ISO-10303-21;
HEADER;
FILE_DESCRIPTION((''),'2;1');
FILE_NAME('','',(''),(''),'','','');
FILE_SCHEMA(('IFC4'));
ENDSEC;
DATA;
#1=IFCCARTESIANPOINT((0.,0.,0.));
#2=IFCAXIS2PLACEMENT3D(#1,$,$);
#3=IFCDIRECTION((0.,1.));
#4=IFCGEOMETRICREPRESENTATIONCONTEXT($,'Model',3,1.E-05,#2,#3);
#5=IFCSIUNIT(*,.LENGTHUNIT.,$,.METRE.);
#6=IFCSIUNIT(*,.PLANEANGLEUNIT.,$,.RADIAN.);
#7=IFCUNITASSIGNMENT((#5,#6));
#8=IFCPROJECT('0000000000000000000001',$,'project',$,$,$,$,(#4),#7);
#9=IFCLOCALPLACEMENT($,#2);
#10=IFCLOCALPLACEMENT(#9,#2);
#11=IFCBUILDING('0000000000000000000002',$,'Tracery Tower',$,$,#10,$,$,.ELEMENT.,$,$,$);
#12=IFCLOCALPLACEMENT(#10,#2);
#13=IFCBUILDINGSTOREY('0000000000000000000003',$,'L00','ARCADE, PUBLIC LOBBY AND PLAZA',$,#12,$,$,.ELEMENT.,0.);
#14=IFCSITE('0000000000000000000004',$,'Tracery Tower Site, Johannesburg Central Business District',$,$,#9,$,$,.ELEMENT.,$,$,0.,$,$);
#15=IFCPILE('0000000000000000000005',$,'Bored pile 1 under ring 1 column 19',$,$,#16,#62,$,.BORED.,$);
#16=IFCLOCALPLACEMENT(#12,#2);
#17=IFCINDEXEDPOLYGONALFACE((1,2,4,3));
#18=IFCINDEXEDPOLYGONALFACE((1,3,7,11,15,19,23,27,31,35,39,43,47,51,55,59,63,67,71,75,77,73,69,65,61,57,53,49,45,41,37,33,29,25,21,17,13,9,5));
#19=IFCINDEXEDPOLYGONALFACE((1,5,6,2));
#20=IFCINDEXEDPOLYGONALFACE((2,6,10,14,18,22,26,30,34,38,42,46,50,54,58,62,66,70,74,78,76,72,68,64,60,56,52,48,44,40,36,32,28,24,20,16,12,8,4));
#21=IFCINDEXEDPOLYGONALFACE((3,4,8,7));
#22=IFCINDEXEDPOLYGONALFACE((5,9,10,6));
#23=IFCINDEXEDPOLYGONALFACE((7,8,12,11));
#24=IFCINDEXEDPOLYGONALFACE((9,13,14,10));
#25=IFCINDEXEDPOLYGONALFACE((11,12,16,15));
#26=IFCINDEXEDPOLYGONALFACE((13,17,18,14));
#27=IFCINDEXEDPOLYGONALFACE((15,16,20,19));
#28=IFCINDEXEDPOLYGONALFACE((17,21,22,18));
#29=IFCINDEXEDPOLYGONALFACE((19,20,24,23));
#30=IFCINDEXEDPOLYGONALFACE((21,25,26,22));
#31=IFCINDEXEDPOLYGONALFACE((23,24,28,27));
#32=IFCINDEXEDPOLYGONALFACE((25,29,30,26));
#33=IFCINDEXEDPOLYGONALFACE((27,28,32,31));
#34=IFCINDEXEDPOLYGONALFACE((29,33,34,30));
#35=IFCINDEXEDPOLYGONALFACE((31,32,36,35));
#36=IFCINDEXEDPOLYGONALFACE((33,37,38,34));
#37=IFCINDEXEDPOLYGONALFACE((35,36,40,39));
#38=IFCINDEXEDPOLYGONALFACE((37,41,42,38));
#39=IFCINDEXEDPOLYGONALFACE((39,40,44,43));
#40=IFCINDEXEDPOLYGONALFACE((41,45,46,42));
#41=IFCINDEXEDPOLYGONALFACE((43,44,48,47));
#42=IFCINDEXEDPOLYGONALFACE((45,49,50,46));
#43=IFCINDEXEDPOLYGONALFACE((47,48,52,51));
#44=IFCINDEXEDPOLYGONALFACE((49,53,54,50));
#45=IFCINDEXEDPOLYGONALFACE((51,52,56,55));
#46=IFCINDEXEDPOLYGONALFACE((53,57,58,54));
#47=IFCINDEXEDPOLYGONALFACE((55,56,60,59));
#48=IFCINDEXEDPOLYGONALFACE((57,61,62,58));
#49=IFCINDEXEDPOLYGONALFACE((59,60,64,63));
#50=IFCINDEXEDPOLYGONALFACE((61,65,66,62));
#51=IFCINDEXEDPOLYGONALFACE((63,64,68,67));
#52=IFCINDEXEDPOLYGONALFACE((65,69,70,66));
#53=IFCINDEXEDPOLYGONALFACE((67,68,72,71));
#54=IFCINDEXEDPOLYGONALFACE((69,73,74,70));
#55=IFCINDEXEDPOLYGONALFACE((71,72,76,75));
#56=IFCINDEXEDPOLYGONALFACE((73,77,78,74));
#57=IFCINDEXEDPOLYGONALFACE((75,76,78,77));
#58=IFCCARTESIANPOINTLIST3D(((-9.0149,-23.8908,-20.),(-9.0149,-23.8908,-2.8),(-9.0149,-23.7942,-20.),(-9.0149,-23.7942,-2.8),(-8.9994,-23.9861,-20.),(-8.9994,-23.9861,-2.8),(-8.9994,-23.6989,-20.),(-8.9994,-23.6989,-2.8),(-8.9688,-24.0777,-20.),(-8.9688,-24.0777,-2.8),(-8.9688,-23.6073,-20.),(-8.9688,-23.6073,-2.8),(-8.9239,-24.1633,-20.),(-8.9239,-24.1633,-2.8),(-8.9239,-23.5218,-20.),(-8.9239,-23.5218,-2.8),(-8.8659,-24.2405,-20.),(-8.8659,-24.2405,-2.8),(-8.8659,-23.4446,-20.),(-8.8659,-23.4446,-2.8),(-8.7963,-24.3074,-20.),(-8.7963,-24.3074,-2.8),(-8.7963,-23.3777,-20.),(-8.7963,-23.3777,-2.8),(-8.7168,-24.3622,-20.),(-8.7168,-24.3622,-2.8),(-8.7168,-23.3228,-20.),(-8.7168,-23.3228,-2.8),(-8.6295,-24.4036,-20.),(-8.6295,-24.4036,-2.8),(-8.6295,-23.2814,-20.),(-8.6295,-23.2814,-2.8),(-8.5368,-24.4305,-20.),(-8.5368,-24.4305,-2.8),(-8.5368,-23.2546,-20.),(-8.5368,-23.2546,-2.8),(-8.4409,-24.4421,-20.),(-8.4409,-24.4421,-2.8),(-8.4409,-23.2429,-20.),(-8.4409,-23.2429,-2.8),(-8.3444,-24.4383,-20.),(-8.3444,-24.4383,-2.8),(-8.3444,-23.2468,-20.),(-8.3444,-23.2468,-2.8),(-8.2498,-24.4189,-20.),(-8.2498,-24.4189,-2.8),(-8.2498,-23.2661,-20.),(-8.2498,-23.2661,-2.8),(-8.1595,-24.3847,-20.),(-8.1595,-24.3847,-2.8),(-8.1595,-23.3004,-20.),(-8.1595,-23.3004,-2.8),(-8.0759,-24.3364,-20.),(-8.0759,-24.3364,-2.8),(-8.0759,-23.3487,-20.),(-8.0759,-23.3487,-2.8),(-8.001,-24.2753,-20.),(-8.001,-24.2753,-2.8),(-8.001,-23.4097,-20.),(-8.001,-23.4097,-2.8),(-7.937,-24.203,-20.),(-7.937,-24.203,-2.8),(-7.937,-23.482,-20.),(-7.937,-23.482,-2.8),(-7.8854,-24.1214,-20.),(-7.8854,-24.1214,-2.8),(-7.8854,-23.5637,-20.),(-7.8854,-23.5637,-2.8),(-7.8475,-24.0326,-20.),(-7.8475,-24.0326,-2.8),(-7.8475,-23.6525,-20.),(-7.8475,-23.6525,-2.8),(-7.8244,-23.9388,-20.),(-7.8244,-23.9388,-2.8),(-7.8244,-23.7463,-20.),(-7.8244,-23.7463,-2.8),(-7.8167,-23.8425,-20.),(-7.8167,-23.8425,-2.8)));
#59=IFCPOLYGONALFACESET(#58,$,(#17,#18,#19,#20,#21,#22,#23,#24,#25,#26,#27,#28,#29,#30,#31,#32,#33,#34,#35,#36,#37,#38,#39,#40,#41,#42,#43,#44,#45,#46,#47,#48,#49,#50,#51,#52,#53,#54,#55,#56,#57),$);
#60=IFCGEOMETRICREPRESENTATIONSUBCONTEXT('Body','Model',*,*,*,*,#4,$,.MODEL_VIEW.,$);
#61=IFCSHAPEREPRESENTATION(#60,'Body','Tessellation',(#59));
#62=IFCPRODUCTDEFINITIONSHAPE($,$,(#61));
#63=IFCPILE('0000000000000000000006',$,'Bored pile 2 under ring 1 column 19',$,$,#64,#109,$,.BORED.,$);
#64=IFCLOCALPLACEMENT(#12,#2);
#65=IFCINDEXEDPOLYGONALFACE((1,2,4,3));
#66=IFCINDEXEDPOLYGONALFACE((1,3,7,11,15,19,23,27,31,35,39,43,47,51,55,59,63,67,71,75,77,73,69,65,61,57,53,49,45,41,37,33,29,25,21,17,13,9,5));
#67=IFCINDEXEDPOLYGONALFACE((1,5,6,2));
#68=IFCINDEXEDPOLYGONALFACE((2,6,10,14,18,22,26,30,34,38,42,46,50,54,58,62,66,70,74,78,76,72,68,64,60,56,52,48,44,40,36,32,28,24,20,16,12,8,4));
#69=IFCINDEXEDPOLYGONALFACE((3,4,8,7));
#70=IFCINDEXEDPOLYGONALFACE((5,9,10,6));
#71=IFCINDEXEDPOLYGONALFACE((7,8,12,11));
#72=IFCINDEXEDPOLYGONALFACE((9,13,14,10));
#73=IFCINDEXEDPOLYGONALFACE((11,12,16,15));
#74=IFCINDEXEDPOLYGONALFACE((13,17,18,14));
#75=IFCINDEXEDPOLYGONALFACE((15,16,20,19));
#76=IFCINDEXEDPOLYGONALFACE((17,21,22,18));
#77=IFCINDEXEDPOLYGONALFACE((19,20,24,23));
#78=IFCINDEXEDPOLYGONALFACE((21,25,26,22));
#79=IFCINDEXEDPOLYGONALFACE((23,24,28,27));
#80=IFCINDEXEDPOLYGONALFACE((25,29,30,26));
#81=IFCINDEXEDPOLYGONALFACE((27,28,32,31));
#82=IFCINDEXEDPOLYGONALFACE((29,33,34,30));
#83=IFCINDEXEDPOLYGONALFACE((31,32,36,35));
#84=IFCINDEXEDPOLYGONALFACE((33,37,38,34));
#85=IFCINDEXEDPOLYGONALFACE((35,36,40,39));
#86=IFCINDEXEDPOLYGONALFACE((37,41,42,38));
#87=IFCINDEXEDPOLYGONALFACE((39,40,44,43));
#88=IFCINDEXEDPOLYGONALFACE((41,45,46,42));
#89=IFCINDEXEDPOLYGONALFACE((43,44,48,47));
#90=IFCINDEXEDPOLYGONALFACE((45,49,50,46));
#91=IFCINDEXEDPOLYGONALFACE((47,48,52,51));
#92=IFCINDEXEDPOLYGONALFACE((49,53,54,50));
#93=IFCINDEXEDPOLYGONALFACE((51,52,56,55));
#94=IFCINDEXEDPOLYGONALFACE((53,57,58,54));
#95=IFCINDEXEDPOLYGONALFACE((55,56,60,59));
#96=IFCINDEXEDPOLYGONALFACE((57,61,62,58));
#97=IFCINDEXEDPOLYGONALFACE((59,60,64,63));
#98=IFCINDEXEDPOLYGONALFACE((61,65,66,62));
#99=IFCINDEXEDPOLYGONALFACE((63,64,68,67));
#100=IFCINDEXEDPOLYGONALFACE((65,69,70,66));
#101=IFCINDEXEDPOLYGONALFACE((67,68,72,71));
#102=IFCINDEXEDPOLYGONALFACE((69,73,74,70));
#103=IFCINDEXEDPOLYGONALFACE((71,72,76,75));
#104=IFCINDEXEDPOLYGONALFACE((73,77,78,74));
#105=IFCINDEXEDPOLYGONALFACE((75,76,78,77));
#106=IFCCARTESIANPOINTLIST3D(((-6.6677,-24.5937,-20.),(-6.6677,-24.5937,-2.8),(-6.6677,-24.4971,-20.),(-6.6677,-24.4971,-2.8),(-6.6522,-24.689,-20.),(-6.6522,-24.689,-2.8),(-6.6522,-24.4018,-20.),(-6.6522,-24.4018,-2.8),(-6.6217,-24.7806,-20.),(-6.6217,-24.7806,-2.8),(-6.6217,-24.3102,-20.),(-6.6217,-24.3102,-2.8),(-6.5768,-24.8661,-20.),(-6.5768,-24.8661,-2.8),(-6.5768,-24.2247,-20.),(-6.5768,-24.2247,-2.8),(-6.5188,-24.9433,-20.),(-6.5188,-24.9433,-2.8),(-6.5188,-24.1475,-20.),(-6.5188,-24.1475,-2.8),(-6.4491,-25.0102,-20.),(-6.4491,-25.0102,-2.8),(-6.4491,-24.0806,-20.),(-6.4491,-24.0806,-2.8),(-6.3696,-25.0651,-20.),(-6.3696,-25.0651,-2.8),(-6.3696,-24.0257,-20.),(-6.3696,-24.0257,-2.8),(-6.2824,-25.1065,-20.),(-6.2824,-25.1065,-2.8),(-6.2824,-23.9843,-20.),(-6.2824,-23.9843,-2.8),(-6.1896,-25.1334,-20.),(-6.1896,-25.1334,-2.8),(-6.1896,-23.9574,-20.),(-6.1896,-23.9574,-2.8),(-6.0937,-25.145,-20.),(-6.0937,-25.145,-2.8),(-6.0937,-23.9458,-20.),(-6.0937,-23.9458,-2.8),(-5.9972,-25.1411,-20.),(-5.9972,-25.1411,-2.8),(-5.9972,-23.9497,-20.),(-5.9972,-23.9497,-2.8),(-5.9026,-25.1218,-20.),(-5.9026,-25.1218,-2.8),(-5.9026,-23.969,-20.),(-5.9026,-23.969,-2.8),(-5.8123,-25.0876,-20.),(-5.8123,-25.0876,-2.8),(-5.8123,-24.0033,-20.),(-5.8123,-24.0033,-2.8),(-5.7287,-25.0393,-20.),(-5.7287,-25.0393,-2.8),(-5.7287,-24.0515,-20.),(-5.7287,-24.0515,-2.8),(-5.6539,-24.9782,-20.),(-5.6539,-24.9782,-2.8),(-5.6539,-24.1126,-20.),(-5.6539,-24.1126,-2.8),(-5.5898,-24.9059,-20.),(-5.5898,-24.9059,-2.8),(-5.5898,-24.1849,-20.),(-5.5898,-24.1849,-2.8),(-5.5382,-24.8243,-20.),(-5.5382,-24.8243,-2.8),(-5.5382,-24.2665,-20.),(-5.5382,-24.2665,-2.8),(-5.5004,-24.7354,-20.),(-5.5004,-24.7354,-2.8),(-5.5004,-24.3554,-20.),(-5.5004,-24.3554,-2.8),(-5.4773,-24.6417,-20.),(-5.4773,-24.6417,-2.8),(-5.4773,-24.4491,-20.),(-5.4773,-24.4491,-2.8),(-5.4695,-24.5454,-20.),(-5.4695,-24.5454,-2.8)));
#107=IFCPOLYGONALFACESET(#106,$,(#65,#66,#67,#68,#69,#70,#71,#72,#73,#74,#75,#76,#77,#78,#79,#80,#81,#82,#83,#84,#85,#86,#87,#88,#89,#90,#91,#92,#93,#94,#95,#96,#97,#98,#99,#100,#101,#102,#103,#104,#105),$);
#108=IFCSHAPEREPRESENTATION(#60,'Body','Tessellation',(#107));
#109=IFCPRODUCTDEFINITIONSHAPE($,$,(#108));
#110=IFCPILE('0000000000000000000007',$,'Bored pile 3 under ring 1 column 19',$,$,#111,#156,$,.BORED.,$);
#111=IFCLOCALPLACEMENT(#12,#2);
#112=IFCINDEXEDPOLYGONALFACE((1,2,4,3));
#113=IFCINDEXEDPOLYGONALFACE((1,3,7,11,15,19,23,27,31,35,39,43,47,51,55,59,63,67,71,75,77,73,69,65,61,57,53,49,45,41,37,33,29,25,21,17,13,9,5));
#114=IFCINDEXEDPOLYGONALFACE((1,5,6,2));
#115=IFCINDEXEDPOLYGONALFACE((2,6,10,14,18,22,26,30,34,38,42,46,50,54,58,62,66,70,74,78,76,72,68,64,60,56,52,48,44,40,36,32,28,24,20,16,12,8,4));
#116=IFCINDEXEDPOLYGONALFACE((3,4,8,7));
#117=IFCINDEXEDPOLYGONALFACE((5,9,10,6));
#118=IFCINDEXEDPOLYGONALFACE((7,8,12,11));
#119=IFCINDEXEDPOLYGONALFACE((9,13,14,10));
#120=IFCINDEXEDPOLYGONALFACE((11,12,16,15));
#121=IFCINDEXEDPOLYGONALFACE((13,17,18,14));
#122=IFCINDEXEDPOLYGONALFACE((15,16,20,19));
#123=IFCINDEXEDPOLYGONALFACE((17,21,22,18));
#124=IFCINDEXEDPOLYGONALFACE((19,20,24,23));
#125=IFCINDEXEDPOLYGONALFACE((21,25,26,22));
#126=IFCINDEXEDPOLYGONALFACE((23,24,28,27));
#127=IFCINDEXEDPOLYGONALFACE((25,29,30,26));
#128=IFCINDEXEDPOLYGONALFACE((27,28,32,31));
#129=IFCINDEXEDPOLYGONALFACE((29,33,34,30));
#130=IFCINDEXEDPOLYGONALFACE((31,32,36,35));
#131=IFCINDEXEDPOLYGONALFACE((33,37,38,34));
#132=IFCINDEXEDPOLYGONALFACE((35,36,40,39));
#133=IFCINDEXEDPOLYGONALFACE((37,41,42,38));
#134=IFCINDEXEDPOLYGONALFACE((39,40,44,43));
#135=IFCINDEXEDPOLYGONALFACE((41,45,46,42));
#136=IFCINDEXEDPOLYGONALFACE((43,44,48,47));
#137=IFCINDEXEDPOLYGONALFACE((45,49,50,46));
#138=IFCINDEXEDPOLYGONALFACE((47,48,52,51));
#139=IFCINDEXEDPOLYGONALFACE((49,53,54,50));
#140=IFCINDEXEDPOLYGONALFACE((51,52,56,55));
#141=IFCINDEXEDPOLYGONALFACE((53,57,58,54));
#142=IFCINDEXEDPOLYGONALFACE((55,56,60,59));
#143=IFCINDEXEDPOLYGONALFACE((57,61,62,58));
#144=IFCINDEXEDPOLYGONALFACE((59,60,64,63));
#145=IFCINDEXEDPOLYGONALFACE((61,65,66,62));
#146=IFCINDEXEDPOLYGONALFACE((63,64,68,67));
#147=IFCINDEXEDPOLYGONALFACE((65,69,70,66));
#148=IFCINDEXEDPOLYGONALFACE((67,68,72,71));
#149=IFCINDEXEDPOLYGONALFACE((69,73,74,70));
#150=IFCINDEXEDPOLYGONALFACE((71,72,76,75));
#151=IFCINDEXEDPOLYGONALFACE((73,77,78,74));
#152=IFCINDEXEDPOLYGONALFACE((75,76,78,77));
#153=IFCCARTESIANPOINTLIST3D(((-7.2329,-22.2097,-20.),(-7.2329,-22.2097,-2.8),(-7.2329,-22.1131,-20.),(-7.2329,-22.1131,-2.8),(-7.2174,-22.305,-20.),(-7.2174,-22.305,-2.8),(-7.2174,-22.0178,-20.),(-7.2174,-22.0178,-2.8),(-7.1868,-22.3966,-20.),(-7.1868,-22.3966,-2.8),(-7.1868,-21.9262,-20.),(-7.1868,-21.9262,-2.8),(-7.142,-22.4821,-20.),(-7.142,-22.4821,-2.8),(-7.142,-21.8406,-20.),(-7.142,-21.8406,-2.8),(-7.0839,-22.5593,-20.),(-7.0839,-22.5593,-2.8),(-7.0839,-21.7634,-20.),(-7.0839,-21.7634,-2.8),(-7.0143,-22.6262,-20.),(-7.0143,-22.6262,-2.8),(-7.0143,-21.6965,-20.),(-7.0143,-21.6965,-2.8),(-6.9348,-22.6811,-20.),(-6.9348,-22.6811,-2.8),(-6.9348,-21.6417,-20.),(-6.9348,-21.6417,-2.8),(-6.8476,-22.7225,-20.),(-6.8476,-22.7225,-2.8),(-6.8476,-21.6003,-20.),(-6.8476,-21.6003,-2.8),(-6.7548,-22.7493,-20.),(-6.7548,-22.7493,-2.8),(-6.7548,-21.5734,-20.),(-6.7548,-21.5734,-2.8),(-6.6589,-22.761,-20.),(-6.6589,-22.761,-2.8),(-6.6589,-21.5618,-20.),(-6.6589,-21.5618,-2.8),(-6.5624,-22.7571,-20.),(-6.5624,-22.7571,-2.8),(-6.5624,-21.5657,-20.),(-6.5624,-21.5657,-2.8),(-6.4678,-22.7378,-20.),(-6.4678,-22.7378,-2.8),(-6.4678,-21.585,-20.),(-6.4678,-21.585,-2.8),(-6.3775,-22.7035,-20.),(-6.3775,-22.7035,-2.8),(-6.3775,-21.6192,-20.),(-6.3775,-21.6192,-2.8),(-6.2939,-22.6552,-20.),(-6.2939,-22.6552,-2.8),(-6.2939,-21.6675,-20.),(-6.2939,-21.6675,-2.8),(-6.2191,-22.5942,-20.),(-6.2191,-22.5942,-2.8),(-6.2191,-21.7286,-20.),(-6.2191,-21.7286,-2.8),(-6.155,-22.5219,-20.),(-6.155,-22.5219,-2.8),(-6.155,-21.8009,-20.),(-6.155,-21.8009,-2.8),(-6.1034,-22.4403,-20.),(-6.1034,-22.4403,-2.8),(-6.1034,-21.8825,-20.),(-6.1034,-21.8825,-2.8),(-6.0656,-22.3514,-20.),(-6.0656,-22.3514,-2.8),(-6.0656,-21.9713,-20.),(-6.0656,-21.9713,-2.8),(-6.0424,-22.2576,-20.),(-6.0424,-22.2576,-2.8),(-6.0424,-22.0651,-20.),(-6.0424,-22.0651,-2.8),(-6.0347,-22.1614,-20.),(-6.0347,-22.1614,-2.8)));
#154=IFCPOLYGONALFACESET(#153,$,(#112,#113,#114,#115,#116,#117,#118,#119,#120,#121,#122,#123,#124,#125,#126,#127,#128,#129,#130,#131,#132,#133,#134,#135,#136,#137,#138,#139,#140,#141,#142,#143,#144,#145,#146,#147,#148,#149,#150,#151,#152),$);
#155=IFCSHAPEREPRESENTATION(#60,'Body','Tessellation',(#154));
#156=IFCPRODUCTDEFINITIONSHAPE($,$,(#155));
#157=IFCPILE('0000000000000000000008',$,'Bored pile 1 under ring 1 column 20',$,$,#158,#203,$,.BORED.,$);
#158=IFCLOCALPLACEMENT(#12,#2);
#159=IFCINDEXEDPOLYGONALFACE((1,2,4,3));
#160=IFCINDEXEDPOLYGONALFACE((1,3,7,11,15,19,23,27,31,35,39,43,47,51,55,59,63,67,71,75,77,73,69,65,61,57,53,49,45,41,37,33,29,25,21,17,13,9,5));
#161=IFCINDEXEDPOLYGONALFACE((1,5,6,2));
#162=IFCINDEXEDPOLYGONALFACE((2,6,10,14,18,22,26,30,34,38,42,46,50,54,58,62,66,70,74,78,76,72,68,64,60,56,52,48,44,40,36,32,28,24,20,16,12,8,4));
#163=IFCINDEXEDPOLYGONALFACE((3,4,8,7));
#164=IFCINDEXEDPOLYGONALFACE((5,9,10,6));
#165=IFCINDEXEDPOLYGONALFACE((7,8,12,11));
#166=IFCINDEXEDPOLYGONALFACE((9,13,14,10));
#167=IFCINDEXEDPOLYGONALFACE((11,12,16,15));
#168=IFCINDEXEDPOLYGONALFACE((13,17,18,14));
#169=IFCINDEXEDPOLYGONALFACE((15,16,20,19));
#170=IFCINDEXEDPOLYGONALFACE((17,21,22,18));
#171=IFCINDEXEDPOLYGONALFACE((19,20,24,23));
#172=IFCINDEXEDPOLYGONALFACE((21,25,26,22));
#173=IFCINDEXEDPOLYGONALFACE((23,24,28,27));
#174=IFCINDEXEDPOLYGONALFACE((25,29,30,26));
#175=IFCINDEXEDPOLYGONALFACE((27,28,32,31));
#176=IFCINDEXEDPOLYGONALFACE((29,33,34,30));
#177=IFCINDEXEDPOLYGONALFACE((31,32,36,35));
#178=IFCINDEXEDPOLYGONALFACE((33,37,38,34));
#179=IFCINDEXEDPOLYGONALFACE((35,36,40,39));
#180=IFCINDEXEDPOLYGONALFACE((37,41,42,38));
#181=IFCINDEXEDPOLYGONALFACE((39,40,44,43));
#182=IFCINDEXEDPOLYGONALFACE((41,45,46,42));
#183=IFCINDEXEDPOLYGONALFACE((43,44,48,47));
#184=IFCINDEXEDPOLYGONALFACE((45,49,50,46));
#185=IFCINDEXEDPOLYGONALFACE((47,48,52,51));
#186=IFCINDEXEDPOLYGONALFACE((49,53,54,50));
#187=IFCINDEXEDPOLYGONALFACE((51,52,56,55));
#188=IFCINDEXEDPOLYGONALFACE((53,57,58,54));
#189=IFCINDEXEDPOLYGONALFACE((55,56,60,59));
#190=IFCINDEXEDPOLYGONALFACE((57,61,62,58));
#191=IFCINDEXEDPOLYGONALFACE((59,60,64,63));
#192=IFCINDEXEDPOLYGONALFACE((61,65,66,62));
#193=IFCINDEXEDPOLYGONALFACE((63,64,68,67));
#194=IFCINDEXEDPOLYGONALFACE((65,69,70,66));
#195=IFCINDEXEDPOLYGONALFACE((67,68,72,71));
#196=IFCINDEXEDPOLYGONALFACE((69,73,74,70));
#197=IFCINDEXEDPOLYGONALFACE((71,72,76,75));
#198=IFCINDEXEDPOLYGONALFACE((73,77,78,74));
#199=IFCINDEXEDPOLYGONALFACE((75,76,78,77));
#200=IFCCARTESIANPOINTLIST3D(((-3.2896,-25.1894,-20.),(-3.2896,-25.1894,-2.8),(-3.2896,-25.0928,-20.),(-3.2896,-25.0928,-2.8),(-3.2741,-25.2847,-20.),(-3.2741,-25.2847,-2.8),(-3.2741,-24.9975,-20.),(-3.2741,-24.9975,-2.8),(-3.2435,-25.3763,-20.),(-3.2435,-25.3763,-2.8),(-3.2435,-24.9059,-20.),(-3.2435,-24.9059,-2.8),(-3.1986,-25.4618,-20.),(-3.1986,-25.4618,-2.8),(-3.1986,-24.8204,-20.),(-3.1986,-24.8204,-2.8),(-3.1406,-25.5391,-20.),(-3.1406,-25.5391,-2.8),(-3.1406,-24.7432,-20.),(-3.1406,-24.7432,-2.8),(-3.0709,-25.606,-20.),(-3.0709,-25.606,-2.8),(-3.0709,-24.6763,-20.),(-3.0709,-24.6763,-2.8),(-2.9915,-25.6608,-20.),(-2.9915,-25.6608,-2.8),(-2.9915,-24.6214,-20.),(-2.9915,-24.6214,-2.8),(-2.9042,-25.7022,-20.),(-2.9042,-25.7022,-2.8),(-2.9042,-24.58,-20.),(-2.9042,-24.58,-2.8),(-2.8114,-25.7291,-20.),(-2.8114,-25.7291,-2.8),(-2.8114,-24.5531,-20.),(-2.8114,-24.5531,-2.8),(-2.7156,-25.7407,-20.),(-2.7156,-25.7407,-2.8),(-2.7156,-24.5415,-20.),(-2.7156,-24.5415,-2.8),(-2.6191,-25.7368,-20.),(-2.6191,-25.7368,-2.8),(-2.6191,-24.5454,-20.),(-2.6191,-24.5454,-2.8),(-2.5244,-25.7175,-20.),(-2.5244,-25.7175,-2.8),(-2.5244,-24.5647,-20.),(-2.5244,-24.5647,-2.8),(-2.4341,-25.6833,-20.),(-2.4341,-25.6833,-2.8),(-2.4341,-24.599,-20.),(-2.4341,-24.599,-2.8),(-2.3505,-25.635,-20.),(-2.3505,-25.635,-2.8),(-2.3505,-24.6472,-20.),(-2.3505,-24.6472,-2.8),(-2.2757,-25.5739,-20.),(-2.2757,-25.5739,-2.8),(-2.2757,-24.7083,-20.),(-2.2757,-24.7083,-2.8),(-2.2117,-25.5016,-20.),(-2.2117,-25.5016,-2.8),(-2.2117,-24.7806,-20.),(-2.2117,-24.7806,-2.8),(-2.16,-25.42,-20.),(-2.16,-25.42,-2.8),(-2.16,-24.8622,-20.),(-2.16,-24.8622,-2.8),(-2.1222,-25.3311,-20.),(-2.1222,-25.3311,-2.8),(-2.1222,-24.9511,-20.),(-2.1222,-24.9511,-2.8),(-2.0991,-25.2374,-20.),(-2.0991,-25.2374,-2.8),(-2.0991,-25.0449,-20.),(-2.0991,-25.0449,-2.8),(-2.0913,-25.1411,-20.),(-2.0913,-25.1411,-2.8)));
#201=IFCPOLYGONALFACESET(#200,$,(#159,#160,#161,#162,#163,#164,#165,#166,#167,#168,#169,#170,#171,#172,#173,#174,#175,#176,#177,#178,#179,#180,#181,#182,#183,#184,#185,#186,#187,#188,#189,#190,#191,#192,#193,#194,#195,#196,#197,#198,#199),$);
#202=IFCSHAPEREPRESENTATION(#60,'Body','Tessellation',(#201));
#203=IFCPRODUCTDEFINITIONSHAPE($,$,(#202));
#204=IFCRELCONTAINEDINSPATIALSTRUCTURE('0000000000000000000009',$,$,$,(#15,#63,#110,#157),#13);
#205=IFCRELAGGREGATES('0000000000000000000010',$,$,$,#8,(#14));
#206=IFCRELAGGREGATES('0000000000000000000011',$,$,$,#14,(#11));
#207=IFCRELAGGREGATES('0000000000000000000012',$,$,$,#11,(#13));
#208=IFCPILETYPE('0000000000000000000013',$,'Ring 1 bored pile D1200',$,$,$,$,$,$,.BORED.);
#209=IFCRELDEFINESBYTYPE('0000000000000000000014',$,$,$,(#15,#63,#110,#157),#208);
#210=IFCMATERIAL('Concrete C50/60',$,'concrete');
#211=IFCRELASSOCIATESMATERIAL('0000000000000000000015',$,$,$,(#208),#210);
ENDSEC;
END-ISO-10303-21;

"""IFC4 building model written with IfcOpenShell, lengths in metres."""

from ifc_helpers import new_model, si_unit, direction, frame, origin, origin_2d, place, context, subcontext, project, spatial, circle, extrude, material, material_profile, profile_set, type_object, element, save


model = new_model("IFC4")

# Units and contexts
model_context = context("Model", 3, precision=1e-05, world=origin(), true_north=direction((0.0, 1.0)))
body_context = subcontext(model_context, "Body", "Model", "MODEL_VIEW")
ifc_project = project(units=[si_unit("LENGTHUNIT", "METRE"), si_unit("PLANEANGLEUNIT", "RADIAN")], contexts=[model_context])

# Site, building, storey
site_placement = place(None, origin())
site = spatial("IfcSite", under=ifc_project, at=site_placement, Name="Tracery Tower Site, Johannesburg Central Business District", CompositionType="ELEMENT", RefElevation=0.0)
building_placement = place(site_placement, origin())
building = spatial("IfcBuilding", under=site, at=building_placement, Name="Tracery Tower", CompositionType="ELEMENT")
storey_placement = place(building_placement, origin())
storey = spatial("IfcBuildingStorey", under=building, at=storey_placement, Name="L00", Description="ARCADE, PUBLIC LOBBY AND PLAZA", CompositionType="ELEMENT", Elevation=0.0)

# Piles
ifc_material_1 = material(Name="Concrete C50/60", Category="concrete")
ifc_material_profile_1 = material_profile(ifc_material_1, circle(Radius=0.6001, at=origin_2d()), Name="RC D1200")
ifc_profile_set_1 = profile_set([ifc_material_profile_1], Name="Concrete C50/60")
pile_type_1 = type_object("IfcPileType", Name="Ring 1 bored pile D1200", PredefinedType="BORED", material=ifc_profile_set_1)
for number, where, z_axis, x_axis, name in (
    (1, (-8.4167, -23.8425, -2.8), (0.0, 0.0, -1.0), (1.0, 0.0, 0.0), "Bored pile 1 under ring 1 column 19"),
    (2, (-6.0696, -24.5454, -2.8), (0.0, 0.0, -1.0), (1.0, 0.0, 0.0), "Bored pile 2 under ring 1 column 19"),
    (3, (-6.6348, -22.1614, -2.8), (0.0, 0.0, -1.0), (1.0, 0.0, 0.0), "Bored pile 3 under ring 1 column 19"),
    (4, (-2.6914, -25.1411, -2.8), (0.0, 0.0, -1.0), (1.0, 0.0, 0.0), "Bored pile 1 under ring 1 column 20"),
):
    element("IfcPile", number, at=place(storey_placement, frame(where, z_axis=z_axis, x_axis=x_axis)), inside=storey, type_object=pile_type_1, Name=name, PredefinedType="BORED", context=body_context, shape_type="SweptSolid", body=[
        extrude(circle(Radius=0.6001, at=origin_2d()), origin(), (0.0, 0.0, 1.0), 17.2),
    ])

save(model, "model.ifc")
